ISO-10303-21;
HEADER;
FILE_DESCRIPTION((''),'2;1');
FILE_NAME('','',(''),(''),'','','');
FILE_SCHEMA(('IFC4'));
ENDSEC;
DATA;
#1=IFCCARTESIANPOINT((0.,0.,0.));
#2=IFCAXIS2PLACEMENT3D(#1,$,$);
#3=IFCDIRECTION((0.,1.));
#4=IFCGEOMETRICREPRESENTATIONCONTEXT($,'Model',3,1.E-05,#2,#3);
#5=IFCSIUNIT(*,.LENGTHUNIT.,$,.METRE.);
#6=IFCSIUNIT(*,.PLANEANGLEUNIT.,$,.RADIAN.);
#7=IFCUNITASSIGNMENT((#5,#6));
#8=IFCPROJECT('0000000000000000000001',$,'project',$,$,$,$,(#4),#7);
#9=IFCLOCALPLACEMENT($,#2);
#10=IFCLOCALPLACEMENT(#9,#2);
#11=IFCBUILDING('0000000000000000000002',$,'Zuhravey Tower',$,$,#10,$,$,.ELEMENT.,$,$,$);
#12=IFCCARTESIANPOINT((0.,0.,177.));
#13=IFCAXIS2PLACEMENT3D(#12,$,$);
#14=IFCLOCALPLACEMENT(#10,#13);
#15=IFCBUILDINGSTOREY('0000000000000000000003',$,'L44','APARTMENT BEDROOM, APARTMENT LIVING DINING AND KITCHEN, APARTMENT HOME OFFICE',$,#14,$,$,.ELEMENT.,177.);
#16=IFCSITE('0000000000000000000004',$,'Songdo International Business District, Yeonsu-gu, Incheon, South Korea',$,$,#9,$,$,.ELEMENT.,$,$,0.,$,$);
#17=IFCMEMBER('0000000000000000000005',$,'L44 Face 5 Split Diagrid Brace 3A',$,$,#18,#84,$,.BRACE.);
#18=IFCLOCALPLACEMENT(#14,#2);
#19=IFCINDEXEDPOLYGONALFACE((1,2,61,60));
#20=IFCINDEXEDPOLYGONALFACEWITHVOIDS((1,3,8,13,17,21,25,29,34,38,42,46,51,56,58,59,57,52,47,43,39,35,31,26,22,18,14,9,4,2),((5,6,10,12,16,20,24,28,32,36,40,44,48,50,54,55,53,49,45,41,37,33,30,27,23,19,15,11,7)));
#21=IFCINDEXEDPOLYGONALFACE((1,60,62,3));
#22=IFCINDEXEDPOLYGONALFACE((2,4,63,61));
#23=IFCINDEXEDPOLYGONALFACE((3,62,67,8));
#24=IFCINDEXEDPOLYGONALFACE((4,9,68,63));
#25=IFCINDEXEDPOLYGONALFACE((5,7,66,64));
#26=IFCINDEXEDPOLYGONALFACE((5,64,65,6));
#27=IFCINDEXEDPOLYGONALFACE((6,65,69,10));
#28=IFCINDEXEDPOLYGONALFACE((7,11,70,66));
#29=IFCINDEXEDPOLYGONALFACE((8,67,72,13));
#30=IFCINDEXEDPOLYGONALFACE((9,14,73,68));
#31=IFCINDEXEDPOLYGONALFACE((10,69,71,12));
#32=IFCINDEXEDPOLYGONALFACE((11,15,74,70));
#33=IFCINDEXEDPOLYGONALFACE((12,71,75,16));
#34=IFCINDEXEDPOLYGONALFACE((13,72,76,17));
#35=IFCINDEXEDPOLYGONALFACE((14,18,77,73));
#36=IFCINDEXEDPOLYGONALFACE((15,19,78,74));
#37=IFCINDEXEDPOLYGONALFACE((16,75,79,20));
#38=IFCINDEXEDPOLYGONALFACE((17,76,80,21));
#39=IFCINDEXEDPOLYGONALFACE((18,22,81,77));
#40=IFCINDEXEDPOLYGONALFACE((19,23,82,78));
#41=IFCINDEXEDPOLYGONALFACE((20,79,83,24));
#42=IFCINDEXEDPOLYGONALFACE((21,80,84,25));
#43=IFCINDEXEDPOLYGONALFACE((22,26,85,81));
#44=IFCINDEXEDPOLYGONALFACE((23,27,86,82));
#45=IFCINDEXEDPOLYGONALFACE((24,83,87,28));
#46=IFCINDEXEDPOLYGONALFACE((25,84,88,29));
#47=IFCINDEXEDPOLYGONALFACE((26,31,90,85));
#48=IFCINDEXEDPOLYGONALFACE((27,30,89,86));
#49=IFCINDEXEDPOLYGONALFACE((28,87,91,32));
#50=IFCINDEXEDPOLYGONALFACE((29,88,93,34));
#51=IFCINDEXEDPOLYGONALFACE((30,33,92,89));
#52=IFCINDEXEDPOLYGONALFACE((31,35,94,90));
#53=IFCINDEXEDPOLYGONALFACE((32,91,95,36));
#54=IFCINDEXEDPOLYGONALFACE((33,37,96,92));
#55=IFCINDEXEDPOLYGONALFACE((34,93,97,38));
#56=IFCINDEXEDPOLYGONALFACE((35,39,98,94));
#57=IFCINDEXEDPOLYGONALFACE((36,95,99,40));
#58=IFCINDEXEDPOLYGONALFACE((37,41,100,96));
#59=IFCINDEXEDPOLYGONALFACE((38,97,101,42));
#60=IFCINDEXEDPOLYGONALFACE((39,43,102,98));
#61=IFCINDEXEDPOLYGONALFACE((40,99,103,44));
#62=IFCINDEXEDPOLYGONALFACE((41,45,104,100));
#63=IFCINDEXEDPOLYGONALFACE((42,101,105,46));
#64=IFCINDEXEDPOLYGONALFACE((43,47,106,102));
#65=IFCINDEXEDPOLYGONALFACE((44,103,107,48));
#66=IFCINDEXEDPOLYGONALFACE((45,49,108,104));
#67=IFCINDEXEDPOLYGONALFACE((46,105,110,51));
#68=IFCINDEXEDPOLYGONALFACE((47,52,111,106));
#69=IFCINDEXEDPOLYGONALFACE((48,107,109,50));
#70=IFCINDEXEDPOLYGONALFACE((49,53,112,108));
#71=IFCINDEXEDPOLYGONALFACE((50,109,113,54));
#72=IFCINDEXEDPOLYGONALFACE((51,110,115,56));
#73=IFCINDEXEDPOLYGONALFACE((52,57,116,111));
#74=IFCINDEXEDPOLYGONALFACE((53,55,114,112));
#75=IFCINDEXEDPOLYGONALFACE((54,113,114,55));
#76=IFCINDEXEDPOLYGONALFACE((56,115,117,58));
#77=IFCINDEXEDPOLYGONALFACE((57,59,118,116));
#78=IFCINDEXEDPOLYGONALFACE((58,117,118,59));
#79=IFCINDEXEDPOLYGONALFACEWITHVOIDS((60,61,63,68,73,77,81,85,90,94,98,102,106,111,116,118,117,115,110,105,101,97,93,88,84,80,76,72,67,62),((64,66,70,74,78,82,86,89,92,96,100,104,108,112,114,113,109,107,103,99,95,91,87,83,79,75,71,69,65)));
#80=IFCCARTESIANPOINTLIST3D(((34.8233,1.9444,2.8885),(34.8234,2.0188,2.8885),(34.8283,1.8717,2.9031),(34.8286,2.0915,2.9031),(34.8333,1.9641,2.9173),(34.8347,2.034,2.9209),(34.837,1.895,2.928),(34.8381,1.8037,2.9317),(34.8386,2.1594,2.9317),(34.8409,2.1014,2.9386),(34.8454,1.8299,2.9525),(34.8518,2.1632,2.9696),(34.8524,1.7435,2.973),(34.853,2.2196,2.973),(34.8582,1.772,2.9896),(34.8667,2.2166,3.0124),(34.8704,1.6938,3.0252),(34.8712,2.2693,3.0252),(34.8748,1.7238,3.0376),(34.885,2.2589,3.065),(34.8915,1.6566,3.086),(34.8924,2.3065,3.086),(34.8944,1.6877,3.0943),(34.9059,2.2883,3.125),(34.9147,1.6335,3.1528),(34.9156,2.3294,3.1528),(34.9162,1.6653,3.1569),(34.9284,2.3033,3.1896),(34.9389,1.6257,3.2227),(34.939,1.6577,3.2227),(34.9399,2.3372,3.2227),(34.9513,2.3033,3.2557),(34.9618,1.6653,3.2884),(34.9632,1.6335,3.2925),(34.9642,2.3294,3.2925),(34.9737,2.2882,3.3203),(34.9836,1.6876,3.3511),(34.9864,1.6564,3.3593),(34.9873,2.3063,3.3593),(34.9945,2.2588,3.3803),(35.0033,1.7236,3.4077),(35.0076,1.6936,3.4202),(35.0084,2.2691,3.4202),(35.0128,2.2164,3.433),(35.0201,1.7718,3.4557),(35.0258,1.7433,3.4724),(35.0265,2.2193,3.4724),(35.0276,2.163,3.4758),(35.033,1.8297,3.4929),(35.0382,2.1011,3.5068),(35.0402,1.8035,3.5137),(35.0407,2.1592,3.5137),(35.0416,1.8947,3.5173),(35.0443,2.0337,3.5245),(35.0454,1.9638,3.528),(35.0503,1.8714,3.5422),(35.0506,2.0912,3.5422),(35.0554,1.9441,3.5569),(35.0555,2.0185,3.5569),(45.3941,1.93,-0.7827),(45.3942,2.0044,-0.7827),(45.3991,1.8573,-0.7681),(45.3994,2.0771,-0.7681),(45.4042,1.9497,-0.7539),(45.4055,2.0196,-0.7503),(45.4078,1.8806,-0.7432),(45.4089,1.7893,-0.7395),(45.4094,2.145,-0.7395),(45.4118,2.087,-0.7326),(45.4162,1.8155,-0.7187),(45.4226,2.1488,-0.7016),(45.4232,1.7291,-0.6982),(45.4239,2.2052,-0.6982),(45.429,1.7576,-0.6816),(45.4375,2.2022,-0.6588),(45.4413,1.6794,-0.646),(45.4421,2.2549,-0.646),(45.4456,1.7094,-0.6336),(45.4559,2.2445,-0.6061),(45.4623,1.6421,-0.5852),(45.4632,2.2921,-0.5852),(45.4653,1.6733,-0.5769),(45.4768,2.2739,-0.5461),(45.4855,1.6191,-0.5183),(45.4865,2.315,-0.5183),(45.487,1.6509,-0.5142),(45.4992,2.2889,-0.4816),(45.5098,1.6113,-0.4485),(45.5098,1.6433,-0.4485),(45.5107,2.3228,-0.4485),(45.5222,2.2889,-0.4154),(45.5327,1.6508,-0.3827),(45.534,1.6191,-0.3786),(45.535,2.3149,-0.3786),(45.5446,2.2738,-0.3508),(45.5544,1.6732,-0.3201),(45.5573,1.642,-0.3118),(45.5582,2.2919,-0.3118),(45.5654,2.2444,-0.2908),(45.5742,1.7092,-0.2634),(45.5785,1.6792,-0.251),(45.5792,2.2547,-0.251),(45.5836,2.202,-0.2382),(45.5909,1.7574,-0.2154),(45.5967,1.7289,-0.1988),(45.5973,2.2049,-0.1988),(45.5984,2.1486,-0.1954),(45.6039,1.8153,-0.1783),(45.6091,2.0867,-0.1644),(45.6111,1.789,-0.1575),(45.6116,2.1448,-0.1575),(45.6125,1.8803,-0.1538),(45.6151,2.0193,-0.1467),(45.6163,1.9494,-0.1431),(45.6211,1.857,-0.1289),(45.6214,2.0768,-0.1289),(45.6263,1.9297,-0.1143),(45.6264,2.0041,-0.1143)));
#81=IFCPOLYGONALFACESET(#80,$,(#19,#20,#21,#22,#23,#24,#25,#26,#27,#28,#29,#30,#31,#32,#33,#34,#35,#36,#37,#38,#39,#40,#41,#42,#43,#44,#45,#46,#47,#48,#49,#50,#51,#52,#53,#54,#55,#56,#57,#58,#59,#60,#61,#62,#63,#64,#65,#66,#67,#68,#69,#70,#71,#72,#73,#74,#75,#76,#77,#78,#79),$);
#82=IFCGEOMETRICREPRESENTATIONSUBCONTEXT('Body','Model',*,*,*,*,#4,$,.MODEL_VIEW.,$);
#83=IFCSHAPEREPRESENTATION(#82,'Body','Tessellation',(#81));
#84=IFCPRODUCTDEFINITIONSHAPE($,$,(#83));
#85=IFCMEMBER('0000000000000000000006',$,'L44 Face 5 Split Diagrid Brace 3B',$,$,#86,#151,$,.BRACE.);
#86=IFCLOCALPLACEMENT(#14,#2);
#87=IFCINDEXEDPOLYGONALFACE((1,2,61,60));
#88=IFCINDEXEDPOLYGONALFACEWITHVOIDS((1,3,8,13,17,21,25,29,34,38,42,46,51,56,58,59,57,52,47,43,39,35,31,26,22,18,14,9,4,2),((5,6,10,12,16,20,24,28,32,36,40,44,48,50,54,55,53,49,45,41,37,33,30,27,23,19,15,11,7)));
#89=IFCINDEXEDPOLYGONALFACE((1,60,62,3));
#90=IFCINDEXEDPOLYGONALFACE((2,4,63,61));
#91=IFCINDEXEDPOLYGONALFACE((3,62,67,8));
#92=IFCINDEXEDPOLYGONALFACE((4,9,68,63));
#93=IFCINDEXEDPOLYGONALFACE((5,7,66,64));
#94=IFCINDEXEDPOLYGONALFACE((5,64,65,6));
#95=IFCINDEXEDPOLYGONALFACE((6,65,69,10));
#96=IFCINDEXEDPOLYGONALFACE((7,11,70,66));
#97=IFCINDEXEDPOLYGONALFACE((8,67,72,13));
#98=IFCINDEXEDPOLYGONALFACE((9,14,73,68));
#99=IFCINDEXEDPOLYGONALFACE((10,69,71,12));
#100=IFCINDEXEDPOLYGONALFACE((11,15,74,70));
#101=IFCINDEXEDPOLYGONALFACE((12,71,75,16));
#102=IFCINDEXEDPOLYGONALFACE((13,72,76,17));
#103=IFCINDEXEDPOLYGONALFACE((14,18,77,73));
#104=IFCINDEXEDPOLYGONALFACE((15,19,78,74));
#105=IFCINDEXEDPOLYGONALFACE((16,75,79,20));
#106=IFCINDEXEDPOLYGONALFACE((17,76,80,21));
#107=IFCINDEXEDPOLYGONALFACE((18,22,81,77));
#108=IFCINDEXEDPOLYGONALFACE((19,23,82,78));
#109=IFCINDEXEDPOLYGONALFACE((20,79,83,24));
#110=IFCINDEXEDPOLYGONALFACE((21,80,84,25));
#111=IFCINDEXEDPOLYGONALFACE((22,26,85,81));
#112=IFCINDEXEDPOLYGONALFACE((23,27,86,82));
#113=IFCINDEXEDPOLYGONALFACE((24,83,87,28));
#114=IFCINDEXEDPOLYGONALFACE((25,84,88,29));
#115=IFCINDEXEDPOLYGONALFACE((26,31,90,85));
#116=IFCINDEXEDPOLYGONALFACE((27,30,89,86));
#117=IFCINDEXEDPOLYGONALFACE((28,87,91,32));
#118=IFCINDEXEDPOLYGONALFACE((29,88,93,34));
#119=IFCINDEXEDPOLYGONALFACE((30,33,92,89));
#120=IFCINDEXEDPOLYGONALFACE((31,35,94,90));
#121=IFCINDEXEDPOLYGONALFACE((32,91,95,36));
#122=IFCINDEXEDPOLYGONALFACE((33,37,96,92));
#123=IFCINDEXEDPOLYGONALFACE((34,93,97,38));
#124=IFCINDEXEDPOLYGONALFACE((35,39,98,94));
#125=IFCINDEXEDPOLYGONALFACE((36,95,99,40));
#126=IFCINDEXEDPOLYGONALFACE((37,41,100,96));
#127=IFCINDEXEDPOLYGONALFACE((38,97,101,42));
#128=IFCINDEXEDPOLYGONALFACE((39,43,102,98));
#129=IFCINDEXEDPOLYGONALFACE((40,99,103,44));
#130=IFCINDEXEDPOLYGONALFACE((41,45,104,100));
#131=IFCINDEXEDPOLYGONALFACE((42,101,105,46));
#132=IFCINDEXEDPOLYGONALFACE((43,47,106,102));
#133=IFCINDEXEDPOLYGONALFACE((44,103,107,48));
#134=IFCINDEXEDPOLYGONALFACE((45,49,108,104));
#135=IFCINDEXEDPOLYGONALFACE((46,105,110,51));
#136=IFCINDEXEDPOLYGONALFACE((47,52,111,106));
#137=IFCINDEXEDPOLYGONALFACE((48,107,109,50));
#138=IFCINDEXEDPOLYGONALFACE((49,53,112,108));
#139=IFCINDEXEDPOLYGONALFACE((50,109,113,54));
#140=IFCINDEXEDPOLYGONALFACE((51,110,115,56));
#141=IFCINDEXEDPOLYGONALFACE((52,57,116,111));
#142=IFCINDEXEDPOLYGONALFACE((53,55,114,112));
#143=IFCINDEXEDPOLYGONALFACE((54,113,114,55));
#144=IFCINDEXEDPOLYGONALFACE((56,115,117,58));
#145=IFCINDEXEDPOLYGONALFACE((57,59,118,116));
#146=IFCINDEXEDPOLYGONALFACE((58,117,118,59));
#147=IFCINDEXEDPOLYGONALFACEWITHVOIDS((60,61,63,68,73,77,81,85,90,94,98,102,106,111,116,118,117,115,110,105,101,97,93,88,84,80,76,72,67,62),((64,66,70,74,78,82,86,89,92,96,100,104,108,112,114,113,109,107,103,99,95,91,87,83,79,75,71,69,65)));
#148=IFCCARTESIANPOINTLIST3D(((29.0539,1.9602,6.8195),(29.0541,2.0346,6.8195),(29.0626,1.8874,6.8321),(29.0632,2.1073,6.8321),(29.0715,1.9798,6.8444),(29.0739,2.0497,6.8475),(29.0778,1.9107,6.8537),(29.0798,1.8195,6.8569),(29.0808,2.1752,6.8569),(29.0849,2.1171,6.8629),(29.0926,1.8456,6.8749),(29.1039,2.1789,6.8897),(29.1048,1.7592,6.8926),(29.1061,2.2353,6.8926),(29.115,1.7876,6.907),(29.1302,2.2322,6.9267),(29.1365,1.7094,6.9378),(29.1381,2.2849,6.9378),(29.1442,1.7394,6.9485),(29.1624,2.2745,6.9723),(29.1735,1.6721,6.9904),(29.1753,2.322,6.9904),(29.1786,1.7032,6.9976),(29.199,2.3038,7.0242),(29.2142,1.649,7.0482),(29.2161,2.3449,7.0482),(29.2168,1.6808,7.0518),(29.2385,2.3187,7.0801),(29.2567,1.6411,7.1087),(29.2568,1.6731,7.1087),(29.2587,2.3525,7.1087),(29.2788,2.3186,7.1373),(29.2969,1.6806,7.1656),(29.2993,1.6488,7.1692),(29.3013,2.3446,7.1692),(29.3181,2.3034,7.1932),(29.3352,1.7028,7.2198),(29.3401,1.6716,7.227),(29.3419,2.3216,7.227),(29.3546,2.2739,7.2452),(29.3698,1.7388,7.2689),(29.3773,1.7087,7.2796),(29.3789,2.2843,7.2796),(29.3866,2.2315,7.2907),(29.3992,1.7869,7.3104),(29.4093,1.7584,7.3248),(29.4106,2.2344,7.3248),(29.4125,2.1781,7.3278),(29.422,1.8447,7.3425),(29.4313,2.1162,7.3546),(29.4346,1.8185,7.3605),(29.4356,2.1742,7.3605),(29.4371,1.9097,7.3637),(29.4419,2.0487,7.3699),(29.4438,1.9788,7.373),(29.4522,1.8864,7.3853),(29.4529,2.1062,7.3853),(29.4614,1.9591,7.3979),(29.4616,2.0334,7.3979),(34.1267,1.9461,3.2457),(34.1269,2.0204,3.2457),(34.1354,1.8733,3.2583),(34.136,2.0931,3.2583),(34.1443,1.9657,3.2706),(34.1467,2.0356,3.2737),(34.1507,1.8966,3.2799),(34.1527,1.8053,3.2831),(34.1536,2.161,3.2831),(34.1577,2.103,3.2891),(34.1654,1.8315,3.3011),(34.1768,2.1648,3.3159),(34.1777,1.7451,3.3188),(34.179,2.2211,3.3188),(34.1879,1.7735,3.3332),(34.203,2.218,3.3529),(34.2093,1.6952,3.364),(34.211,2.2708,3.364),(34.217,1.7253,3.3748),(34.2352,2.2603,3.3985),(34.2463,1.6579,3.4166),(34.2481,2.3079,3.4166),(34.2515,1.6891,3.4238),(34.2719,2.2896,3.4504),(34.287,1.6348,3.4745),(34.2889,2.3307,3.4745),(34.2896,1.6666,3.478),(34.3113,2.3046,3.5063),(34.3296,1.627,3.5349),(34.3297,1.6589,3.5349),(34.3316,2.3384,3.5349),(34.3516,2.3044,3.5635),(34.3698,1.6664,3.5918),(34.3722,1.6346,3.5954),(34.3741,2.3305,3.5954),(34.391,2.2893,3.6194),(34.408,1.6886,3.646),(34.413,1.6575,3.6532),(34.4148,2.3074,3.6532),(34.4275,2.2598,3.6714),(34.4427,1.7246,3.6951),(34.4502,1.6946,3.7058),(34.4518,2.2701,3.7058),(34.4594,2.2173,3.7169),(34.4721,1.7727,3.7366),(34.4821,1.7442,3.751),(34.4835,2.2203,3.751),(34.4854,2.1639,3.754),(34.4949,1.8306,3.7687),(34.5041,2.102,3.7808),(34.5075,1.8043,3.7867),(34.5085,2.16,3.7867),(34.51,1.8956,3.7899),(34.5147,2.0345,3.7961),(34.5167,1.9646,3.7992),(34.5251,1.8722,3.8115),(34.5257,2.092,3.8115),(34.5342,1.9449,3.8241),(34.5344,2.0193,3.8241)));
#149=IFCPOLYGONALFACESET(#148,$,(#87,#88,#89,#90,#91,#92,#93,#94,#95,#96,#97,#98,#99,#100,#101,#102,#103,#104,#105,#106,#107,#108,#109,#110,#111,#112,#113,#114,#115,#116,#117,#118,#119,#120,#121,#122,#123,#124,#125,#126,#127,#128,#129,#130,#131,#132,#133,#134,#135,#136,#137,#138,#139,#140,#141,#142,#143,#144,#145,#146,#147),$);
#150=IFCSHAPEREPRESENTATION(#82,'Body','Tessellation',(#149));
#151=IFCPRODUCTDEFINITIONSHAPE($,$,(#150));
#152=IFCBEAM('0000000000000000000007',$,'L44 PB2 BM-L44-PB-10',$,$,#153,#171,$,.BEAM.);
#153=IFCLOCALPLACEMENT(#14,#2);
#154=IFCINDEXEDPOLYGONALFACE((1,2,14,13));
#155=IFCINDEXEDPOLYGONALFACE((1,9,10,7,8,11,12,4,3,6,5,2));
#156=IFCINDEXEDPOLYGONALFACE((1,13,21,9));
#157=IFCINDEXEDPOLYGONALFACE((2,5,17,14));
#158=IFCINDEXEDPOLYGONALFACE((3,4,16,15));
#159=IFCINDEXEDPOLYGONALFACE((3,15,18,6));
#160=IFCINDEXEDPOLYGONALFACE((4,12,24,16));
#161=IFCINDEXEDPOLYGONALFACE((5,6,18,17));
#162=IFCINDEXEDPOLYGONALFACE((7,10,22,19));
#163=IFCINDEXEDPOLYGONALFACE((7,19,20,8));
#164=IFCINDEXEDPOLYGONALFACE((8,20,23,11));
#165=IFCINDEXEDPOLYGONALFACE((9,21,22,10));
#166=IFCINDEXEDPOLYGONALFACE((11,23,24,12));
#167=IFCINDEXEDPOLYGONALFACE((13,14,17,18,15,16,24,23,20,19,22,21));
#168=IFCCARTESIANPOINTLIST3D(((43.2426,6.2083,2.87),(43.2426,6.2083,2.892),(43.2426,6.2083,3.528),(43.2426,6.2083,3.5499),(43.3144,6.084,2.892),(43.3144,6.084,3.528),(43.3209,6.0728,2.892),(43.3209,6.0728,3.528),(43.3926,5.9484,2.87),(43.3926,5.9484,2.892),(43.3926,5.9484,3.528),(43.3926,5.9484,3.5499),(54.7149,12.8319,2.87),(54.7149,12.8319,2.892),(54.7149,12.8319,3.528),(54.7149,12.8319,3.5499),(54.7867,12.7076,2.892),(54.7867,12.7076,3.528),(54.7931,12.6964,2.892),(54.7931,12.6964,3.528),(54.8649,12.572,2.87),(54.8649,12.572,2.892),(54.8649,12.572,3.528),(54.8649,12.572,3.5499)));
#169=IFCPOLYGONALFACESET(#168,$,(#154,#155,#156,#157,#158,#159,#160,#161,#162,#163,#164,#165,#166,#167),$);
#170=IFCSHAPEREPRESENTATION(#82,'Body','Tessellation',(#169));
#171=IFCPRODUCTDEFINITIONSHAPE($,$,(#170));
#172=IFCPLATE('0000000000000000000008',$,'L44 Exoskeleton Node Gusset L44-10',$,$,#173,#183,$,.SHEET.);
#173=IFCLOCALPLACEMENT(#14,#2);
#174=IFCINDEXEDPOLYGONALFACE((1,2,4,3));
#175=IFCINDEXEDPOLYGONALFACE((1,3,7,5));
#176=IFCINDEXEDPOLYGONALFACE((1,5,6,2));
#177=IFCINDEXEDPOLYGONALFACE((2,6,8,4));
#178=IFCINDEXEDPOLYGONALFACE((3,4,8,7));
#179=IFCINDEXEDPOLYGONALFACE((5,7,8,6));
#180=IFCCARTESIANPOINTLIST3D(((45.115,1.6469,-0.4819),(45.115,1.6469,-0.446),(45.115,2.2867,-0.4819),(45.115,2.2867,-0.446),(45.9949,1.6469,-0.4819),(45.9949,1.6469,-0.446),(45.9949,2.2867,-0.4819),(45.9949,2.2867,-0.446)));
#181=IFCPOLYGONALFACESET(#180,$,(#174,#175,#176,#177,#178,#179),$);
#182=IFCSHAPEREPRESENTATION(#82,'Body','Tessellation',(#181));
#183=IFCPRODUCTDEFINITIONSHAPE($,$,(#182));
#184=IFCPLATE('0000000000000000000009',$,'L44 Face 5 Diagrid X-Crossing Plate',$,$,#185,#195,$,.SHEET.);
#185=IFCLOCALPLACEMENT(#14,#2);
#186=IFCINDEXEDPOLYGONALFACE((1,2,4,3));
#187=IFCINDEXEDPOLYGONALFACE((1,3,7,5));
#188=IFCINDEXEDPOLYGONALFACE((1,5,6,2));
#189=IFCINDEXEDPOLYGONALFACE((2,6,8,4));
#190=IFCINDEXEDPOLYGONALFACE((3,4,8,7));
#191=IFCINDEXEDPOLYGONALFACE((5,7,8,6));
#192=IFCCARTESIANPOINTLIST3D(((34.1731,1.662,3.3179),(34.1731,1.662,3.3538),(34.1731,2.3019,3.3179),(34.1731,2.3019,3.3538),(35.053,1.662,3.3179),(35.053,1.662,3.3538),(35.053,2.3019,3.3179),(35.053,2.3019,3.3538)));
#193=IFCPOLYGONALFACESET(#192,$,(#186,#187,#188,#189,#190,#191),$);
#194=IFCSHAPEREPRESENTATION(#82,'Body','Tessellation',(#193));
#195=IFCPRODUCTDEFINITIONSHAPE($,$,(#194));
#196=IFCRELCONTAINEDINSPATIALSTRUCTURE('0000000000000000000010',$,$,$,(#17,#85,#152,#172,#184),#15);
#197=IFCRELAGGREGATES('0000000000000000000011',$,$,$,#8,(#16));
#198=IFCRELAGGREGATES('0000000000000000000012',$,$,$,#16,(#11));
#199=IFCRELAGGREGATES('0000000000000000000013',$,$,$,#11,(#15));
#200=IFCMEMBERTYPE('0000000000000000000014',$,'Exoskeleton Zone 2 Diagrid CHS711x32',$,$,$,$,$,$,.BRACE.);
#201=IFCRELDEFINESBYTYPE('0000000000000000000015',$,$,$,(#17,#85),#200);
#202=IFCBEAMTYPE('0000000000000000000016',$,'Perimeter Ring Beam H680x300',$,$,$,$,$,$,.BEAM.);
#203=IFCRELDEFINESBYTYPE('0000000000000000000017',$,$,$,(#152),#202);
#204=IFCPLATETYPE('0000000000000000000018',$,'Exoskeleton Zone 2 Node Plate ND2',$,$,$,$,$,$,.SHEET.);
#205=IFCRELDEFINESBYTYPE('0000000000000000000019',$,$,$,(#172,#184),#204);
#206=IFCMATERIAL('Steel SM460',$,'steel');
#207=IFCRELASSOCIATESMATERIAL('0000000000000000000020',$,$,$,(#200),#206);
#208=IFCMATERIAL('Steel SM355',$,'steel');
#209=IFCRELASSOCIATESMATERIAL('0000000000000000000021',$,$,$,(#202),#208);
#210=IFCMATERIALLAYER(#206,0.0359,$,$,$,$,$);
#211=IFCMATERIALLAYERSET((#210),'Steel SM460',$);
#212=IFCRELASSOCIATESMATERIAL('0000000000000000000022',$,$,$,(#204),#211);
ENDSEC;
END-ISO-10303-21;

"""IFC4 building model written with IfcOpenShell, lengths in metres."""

from ifc_helpers import new_model, si_unit, direction, frame, origin, origin_2d, place, context, subcontext, project, spatial, rectangle, hollow_circle, i_section, extrude, material, layer, layer_set, material_profile, profile_set, type_object, element, save


model = new_model("IFC4")

# Units and contexts
model_context = context("Model", 3, precision=1e-05, world=origin(), true_north=direction((0.0, 1.0)))
body_context = subcontext(model_context, "Body", "Model", "MODEL_VIEW")
ifc_project = project(units=[si_unit("LENGTHUNIT", "METRE"), si_unit("PLANEANGLEUNIT", "RADIAN")], contexts=[model_context])

# Site, building, storey
site_placement = place(None, origin())
site = spatial("IfcSite", under=ifc_project, at=site_placement, Name="Songdo International Business District, Yeonsu-gu, Incheon, South Korea", CompositionType="ELEMENT", RefElevation=0.0)
building_placement = place(site_placement, origin())
building = spatial("IfcBuilding", under=site, at=building_placement, Name="Zuhravey Tower", CompositionType="ELEMENT")
storey_placement = place(building_placement, frame((0.0, 0.0, 177.0)))
storey = spatial("IfcBuildingStorey", under=building, at=storey_placement, Name="L44", Description="APARTMENT BEDROOM, APARTMENT LIVING DINING AND KITCHEN, APARTMENT HOME OFFICE", CompositionType="ELEMENT", Elevation=177.0)

# Members
ifc_material_1 = material(Name="Steel SM460", Category="steel")
ifc_material_profile_1 = material_profile(ifc_material_1, hollow_circle(Radius=0.3557, WallThickness=0.032, at=origin_2d()), Name="CHS-711.2x32")
ifc_profile_set_1 = profile_set([ifc_material_profile_1], Name="Steel SM460")
member_type_1 = type_object("IfcMemberType", Name="Exoskeleton Zone 2 Diagrid CHS711x32", PredefinedType="BRACE", material=ifc_profile_set_1)
member_1_placement = place(storey_placement, frame((45.5103, 1.967, -0.4485), z_axis=(-0.944653, 0.001287, 0.328069), x_axis=(-0.001363, -0.999999, 0.0)))
element("IfcMember", 1, at=member_1_placement, inside=storey, type_object=member_type_1, Name="L44 Face 5 Split Diagrid Brace 3A", PredefinedType="BRACE", context=body_context, shape_type="SweptSolid", body=[
    extrude(hollow_circle(Radius=0.3557, WallThickness=0.032, at=origin_2d()), origin(), (0.0, 0.0, 1.0), 11.1902),
])
member_2_placement = place(storey_placement, frame((34.3306, 1.9827, 3.5349), z_axis=(-0.8175, 0.002282, 0.575925), x_axis=(-0.002791, -0.999996, 0.0)))
element("IfcMember", 2, at=member_2_placement, inside=storey, type_object=member_type_1, Name="L44 Face 5 Split Diagrid Brace 3B", PredefinedType="BRACE", context=body_context, shape_type="SweptSolid", body=[
    extrude(hollow_circle(Radius=0.3557, WallThickness=0.032, at=origin_2d()), origin(), (0.0, 0.0, 1.0), 6.2053),
])

# Beam
ifc_material_2 = material(Name="Steel SM355", Category="steel")
ifc_material_profile_2 = material_profile(ifc_material_2, i_section(OverallWidth=0.3, OverallDepth=0.6799, WebThickness=0.0129, FlangeThickness=0.022, at=origin_2d()), Name="H-680x300x13x22")
ifc_profile_set_2 = profile_set([ifc_material_profile_2], Name="Steel SM355")
beam_type = type_object("IfcBeamType", Name="Perimeter Ring Beam H680x300", PredefinedType="BEAM", material=ifc_profile_set_2)
beam_placement = place(storey_placement, frame((43.3176, 6.0784, 3.21), z_axis=(0.866023, 0.500004, 0.0), x_axis=(-0.500004, 0.866023, 0.0)))
element("IfcBeam", 3, at=beam_placement, inside=storey, type_object=beam_type, Name="L44 PB2 BM-L44-PB-10", PredefinedType="BEAM", context=body_context, shape_type="SweptSolid", body=[
    extrude(i_section(OverallWidth=0.3, OverallDepth=0.6799, WebThickness=0.0129, FlangeThickness=0.022, at=origin_2d()), origin(), (0.0, 0.0, 1.0), 13.2471),
])

# Plates
ifc_layer_1 = layer(ifc_material_1, 0.0359)
ifc_layer_set_1 = layer_set([ifc_layer_1], Name="Steel SM460")
plate_type_1 = type_object("IfcPlateType", Name="Exoskeleton Zone 2 Node Plate ND2", PredefinedType="SHEET", material=ifc_layer_set_1)
for number, where, z_axis, x_axis, name in (
    (4, (45.5549, 1.9668, -0.4819), (0.0, 0.0, 1.0), (1.0, 0.0, 0.0), "L44 Exoskeleton Node Gusset L44-10"),
    (5, (34.613, 1.9819, 3.3179), (0.0, 0.0, 1.0), (1.0, 0.0, 0.0), "L44 Face 5 Diagrid X-Crossing Plate"),
):
    element("IfcPlate", number, at=place(storey_placement, frame(where, z_axis=z_axis, x_axis=x_axis)), inside=storey, type_object=plate_type_1, Name=name, PredefinedType="SHEET", context=body_context, shape_type="SweptSolid", body=[
        extrude(rectangle(XDim=0.8799, YDim=0.6399, at=origin_2d()), origin(), (0.0, 0.0, 1.0), 0.0359),
    ])

save(model, "model.ifc")
